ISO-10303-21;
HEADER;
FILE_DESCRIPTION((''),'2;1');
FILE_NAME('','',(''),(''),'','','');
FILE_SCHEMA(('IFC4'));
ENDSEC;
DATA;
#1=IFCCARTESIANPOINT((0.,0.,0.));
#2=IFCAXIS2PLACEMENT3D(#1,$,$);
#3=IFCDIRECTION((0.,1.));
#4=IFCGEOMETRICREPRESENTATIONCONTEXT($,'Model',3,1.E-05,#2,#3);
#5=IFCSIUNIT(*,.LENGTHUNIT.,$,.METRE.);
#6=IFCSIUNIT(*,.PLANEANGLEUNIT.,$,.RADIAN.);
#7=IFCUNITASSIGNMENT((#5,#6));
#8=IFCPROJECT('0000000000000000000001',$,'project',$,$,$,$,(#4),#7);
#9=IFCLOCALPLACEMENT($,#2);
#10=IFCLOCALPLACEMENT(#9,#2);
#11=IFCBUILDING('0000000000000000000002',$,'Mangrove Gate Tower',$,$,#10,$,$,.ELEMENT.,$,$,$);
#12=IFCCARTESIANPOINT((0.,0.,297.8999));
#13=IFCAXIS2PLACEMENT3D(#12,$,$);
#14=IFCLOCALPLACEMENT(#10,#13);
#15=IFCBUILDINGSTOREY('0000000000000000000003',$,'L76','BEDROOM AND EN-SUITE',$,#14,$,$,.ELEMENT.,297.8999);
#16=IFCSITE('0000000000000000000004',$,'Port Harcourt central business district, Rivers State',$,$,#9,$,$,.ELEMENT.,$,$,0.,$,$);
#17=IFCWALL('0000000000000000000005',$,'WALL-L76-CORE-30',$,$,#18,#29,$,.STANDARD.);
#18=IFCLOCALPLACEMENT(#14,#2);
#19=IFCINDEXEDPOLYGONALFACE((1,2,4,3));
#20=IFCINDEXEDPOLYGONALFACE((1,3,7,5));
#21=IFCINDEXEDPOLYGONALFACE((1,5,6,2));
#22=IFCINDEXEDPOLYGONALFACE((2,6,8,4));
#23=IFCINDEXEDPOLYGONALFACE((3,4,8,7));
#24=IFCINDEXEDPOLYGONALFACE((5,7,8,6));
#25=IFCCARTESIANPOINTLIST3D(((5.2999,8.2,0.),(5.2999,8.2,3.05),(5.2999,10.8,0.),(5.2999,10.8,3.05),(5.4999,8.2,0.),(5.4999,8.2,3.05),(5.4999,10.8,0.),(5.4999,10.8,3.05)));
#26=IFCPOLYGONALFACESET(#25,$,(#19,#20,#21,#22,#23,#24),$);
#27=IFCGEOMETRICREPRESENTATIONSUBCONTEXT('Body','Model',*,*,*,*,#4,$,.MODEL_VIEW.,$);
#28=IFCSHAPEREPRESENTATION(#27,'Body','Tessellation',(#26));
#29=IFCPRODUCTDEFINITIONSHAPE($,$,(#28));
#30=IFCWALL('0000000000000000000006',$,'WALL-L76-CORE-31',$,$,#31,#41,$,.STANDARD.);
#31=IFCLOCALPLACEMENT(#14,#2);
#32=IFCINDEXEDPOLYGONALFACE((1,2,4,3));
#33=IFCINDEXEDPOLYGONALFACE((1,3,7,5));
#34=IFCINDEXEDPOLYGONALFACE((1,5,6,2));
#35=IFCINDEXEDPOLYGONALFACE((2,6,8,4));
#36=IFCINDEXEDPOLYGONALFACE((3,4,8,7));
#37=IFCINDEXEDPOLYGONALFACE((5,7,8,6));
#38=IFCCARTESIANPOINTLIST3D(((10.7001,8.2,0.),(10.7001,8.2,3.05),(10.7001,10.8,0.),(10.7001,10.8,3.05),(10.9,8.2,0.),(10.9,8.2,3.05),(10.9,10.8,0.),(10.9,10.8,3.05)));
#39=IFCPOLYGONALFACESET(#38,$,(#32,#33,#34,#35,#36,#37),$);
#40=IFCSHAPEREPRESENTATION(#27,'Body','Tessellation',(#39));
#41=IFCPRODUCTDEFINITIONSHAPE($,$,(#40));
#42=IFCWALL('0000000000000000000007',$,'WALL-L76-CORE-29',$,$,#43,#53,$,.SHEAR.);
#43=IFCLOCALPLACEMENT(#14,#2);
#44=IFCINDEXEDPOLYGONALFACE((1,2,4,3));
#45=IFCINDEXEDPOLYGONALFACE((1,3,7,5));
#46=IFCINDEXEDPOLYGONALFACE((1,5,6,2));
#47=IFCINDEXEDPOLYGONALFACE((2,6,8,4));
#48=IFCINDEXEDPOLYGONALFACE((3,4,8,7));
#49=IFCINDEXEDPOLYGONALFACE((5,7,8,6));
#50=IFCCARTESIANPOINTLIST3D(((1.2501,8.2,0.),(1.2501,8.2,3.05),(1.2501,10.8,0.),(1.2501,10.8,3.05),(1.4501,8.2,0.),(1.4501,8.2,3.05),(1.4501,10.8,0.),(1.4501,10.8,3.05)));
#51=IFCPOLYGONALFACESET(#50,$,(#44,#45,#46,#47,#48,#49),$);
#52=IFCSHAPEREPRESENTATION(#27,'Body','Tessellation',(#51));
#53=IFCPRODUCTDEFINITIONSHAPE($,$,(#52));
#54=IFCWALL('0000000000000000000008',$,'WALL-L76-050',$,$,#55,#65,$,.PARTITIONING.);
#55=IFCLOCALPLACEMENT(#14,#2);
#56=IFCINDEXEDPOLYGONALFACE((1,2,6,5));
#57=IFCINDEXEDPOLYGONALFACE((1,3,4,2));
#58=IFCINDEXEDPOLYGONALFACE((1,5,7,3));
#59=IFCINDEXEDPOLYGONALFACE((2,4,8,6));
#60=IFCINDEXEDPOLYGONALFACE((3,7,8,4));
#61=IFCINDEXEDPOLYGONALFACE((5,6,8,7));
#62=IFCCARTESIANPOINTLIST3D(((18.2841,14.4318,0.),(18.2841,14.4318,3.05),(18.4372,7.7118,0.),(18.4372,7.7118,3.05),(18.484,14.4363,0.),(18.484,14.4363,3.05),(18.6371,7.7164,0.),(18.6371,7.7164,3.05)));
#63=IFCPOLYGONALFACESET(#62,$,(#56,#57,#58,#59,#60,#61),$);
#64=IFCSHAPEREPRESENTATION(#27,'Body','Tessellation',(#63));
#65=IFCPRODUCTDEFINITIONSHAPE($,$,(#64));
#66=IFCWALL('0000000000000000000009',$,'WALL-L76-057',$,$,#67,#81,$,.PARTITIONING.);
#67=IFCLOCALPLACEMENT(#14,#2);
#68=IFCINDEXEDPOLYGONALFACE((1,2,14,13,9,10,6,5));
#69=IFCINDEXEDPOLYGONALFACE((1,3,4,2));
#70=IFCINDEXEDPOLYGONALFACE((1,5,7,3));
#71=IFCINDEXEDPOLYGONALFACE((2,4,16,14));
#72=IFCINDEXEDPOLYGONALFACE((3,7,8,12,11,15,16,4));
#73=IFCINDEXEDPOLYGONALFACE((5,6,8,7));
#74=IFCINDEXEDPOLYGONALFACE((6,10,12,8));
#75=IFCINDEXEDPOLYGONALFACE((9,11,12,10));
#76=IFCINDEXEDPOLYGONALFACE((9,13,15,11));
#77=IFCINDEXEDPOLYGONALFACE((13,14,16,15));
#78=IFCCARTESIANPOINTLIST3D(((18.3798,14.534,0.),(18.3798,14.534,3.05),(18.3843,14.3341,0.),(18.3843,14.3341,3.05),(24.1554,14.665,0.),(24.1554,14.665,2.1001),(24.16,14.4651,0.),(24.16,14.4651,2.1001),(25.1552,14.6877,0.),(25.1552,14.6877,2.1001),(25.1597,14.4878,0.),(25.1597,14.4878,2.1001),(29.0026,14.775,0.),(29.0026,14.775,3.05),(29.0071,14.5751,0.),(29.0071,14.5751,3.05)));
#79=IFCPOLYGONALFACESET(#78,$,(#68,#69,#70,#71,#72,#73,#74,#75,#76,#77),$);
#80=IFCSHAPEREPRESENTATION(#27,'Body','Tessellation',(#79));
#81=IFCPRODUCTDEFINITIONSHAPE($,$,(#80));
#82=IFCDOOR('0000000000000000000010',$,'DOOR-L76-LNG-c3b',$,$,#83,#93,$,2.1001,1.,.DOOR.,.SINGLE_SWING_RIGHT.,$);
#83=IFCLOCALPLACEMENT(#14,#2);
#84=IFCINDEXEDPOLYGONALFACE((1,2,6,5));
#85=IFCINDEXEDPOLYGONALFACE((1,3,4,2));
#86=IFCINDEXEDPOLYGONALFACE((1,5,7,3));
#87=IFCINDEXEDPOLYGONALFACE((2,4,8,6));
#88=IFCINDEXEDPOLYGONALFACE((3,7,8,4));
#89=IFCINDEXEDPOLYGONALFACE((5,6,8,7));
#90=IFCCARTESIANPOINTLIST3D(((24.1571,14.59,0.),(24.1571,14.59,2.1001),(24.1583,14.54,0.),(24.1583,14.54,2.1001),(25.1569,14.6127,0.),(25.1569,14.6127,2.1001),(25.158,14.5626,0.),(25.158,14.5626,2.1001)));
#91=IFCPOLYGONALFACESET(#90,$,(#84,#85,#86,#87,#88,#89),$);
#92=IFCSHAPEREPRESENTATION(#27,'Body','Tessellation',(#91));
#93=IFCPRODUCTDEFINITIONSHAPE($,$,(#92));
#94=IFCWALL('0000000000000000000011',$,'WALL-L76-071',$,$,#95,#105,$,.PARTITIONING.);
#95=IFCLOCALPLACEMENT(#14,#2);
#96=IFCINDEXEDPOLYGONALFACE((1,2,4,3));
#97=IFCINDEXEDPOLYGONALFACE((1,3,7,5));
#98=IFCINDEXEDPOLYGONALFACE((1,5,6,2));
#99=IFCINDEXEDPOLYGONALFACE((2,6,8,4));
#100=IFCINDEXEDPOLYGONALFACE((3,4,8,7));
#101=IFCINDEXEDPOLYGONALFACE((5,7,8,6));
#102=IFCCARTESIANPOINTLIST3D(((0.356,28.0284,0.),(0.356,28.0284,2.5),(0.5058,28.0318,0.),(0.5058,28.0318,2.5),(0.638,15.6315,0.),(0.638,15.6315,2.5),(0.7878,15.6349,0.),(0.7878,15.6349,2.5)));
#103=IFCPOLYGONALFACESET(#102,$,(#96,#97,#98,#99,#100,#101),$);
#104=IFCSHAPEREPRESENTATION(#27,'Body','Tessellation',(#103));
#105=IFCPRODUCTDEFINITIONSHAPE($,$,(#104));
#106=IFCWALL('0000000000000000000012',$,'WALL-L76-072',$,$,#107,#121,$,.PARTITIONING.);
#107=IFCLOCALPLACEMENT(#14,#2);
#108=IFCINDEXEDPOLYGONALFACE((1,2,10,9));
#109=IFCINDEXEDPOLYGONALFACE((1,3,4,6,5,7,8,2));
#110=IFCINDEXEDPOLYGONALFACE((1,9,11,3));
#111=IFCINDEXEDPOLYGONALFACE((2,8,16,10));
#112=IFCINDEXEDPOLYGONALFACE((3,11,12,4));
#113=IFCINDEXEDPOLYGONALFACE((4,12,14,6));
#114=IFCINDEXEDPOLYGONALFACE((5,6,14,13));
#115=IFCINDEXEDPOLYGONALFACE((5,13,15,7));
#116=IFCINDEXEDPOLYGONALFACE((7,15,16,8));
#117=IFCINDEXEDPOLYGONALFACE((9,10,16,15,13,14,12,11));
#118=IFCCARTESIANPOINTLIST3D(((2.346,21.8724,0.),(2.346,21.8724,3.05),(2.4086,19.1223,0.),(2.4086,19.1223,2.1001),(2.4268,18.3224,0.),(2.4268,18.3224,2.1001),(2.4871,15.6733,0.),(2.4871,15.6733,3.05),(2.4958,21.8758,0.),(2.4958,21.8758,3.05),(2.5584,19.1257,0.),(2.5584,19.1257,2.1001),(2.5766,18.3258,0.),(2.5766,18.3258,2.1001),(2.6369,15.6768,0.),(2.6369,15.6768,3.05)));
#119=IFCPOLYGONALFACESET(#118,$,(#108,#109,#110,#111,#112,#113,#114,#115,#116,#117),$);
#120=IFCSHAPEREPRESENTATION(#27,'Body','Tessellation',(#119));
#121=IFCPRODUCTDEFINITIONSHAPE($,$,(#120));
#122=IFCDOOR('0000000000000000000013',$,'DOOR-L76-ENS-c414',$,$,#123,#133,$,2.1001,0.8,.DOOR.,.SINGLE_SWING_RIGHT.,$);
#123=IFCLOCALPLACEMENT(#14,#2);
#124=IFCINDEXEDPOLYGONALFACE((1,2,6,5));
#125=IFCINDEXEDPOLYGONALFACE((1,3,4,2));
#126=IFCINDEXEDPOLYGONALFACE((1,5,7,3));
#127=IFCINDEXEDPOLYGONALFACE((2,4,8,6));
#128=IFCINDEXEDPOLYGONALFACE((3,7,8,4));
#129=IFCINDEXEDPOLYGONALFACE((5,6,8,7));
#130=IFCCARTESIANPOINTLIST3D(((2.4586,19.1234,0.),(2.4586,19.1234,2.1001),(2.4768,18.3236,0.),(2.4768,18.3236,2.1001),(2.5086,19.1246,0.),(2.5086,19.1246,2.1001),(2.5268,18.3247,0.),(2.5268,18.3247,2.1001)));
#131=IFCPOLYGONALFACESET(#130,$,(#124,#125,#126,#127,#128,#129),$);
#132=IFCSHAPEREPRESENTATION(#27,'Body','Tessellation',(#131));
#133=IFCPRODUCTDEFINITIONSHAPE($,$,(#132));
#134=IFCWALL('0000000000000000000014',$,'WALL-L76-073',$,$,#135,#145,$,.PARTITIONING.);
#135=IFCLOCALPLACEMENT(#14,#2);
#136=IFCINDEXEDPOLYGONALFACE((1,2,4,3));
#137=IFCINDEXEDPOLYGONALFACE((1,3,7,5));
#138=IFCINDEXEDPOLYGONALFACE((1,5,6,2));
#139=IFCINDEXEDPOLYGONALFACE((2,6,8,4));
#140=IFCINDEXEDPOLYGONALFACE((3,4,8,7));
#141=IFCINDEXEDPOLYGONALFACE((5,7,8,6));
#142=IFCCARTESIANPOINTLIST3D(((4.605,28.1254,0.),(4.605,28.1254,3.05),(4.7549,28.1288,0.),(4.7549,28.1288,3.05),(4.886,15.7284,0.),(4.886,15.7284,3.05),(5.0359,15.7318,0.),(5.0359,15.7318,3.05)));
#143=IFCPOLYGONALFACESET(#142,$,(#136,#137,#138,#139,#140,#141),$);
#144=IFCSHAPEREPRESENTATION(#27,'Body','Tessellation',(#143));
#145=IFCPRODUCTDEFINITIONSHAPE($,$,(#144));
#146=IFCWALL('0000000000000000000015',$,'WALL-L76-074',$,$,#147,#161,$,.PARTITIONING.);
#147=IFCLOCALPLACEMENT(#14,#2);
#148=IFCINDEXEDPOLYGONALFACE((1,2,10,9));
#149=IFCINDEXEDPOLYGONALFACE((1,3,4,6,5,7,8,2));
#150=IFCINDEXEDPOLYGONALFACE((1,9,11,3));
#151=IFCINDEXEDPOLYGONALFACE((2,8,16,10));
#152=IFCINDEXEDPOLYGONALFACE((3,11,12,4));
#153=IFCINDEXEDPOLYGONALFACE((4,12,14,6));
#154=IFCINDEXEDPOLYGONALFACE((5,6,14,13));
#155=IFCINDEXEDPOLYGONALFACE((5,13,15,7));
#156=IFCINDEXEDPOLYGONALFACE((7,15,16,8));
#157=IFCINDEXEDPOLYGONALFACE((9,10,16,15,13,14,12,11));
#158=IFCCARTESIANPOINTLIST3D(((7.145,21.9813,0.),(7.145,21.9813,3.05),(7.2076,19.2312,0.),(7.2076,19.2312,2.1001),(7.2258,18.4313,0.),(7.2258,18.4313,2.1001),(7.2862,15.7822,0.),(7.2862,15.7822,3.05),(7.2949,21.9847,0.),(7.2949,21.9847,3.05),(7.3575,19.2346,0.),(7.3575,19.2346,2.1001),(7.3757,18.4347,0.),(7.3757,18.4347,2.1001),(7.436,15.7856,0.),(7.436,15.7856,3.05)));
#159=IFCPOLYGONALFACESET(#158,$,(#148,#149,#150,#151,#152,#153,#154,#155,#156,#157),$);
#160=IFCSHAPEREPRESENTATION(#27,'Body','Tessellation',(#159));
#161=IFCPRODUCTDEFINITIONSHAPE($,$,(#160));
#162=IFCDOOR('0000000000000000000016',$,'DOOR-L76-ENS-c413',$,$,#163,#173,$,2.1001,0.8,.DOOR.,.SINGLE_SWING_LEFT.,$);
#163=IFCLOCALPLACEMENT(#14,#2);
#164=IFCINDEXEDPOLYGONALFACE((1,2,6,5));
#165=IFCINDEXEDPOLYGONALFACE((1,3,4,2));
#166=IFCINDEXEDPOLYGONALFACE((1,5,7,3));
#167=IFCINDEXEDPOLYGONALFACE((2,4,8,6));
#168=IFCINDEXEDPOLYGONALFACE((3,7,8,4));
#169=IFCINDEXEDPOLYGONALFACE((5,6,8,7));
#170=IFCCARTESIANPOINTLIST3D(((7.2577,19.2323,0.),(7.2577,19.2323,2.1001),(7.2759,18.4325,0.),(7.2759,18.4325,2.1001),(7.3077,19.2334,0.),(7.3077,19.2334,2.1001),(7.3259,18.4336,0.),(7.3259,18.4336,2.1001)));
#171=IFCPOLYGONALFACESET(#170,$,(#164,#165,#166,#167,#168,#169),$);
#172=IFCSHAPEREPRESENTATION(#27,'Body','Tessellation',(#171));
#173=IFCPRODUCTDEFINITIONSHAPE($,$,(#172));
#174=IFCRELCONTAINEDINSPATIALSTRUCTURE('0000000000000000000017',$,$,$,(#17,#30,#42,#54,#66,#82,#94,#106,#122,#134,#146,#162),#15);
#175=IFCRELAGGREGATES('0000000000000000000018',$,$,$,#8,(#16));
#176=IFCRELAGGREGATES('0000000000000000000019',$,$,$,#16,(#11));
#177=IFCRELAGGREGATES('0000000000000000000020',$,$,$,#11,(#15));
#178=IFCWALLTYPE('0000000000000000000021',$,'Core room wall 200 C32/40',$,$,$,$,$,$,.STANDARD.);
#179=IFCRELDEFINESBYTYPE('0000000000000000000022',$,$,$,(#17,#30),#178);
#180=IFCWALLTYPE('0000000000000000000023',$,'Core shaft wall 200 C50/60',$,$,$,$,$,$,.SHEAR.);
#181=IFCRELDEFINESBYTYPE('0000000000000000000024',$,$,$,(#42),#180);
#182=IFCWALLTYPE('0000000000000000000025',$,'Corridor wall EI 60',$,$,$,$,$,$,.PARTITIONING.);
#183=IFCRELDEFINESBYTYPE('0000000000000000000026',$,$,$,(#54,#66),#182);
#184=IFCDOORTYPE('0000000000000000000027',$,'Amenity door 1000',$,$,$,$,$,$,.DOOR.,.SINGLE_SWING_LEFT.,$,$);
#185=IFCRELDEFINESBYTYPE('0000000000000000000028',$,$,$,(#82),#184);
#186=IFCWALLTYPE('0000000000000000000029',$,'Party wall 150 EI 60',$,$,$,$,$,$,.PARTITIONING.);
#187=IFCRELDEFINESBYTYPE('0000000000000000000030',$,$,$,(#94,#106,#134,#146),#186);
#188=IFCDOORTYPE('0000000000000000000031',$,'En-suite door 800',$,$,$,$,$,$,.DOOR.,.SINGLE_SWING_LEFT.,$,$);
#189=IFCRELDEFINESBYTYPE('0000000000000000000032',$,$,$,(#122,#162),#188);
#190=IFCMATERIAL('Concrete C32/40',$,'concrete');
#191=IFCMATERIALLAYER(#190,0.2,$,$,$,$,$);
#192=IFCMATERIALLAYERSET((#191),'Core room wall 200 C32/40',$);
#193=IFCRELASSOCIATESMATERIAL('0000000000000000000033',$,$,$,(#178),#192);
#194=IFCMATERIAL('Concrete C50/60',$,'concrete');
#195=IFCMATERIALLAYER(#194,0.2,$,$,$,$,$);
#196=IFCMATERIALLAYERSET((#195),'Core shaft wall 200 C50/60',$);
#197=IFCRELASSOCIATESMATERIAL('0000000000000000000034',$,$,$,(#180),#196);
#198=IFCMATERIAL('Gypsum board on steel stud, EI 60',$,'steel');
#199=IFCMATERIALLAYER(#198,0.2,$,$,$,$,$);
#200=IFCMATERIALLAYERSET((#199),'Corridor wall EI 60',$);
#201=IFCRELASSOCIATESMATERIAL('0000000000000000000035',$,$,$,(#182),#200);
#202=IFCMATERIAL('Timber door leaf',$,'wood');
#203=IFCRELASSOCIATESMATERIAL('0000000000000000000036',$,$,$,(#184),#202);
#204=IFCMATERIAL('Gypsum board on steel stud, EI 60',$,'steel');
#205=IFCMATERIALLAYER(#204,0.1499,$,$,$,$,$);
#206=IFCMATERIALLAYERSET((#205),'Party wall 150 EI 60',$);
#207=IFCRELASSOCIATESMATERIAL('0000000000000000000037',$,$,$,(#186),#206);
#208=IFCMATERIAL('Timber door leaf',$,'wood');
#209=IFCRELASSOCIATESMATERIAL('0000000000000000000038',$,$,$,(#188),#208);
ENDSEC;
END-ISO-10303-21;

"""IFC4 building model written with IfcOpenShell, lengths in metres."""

from ifc_helpers import new_model, si_unit, direction, frame, frame_2d, origin, place, context, subcontext, project, spatial, rectangle, extrude, material, layer, layer_set, type_object, element, fill, save


model = new_model("IFC4")

# Units and contexts
model_context = context("Model", 3, precision=1e-05, world=origin(), true_north=direction((0.0, 1.0)))
body_context = subcontext(model_context, "Body", "Model", "MODEL_VIEW")
ifc_project = project(units=[si_unit("LENGTHUNIT", "METRE"), si_unit("PLANEANGLEUNIT", "RADIAN")], contexts=[model_context])

# Site, building, storey
site_placement = place(None, origin())
site = spatial("IfcSite", under=ifc_project, at=site_placement, Name="Port Harcourt central business district, Rivers State", CompositionType="ELEMENT", RefElevation=0.0)
building_placement = place(site_placement, origin())
building = spatial("IfcBuilding", under=site, at=building_placement, Name="Mangrove Gate Tower", CompositionType="ELEMENT")
storey_placement = place(building_placement, frame((0.0, 0.0, 297.8999)))
storey = spatial("IfcBuildingStorey", under=building, at=storey_placement, Name="L76", Description="BEDROOM AND EN-SUITE", CompositionType="ELEMENT", Elevation=297.8999)

# Walls
ifc_material_1 = material(Name="Concrete C32/40", Category="concrete")
ifc_layer_1 = layer(ifc_material_1, 0.2)
ifc_layer_set_1 = layer_set([ifc_layer_1], Name="Core room wall 200 C32/40")
wall_type_1 = type_object("IfcWallType", Name="Core room wall 200 C32/40", PredefinedType="STANDARD", material=ifc_layer_set_1)
for number, where, z_axis, x_axis, name in (
    (1, (5.3999, 8.2, 0.0), (0.0, 0.0, 1.0), (0.0, 1.0, 0.0), "WALL-L76-CORE-30"),
    (2, (10.8, 8.2, 0.0), (0.0, 0.0, 1.0), (0.0, 1.0, 0.0), "WALL-L76-CORE-31"),
):
    element("IfcWall", number, at=place(storey_placement, frame(where, z_axis=z_axis, x_axis=x_axis)), inside=storey, type_object=wall_type_1, Name=name, PredefinedType="STANDARD", context=body_context, shape_type="SweptSolid", body=[
        extrude(rectangle(XDim=2.6001, YDim=0.2, at=frame_2d((1.3, 0.0))), origin(), (0.0, 0.0, 1.0), 3.05),
    ])
ifc_material_2 = material(Name="Concrete C50/60", Category="concrete")
ifc_layer_2 = layer(ifc_material_2, 0.2)
ifc_layer_set_2 = layer_set([ifc_layer_2], Name="Core shaft wall 200 C50/60")
wall_type_2 = type_object("IfcWallType", Name="Core shaft wall 200 C50/60", PredefinedType="SHEAR", material=ifc_layer_set_2)
wall_1_placement = place(storey_placement, frame((1.3501, 8.2, 0.0), z_axis=(0.0, 0.0, 1.0), x_axis=(0.0, 1.0, 0.0)))
element("IfcWall", 3, at=wall_1_placement, inside=storey, type_object=wall_type_2, Name="WALL-L76-CORE-29", PredefinedType="SHEAR", context=body_context, shape_type="SweptSolid", body=[
    extrude(rectangle(XDim=2.6001, YDim=0.2, at=frame_2d((1.3, 0.0))), origin(), (0.0, 0.0, 1.0), 3.05),
])
ifc_material_3 = material(Name="Gypsum board on steel stud, EI 60", Category="steel")
ifc_layer_3 = layer(ifc_material_3, 0.2)
ifc_layer_set_3 = layer_set([ifc_layer_3], Name="Corridor wall EI 60")
wall_type_3 = type_object("IfcWallType", Name="Corridor wall EI 60", PredefinedType="PARTITIONING", material=ifc_layer_set_3)
wall_2_placement = place(storey_placement, frame((18.5371, 7.7141, 0.0), z_axis=(0.0, 0.0, 1.0), x_axis=(-0.022773, 0.999741, 0.0)))
element("IfcWall", 4, at=wall_2_placement, inside=storey, type_object=wall_type_3, Name="WALL-L76-050", PredefinedType="PARTITIONING", context=body_context, shape_type="SweptSolid", body=[
    extrude(rectangle(XDim=6.7217, YDim=0.2, at=frame_2d((3.3608, 0.0))), origin(), (0.0, 0.0, 1.0), 3.05),
])

# Wall, opening, door
wall_3_placement = place(storey_placement, frame((18.3821, 14.4341, 0.0), z_axis=(0.0, 0.0, 1.0), x_axis=(0.999743, 0.022678, 0.0)))
wall_3 = element("IfcWall", 5, at=wall_3_placement, inside=storey, type_object=wall_type_3, Name="WALL-L76-057", PredefinedType="PARTITIONING", context=body_context, shape_type="SweptSolid", body=[
    extrude(rectangle(XDim=10.6255, YDim=0.2, at=frame_2d((5.3127, 0.0))), origin(), (0.0, 0.0, 1.0), 3.05),
])
opening_1_placement = place(wall_3_placement, frame((5.7771, 0.0, 0.0)))
opening_1 = element("IfcOpeningElement", 6, at=opening_1_placement, cuts=wall_3, PredefinedType="OPENING", context=body_context, shape_type="SweptSolid", body=[
    extrude(rectangle(XDim=1.0, YDim=2.1001, at=frame_2d((0.5, 1.05))), frame((0.0, 0.1099, 0.0), z_axis=(0.0, -1.0, 0.0), x_axis=(1.0, 0.0, 0.0)), (0.0, 0.0, 1.0), 0.22),
])
ifc_material_4 = material(Name="Timber door leaf", Category="wood")
door_type_1 = type_object("IfcDoorType", Name="Amenity door 1000", OperationType="SINGLE_SWING_LEFT", PredefinedType="DOOR", material=ifc_material_4)
door_1_placement = place(opening_1_placement, origin())
door_1 = element("IfcDoor", 7, at=door_1_placement, inside=storey, type_object=door_type_1, Name="DOOR-L76-LNG-c3b", OperationType="SINGLE_SWING_RIGHT", OverallHeight=2.1001, OverallWidth=1.0, PredefinedType="DOOR", context=body_context, shape_type="SweptSolid", body=[
    extrude(rectangle(XDim=1.0, YDim=2.1001, at=frame_2d((0.5, 1.05))), frame((0.0, 0.0249, 0.0), z_axis=(0.0, -1.0, 0.0), x_axis=(1.0, 0.0, 0.0)), (0.0, 0.0, 1.0), 0.05),
])
fill(opening_1, door_1)

# Wall
ifc_material_5 = material(Name="Gypsum board on steel stud, EI 60", Category="steel")
ifc_layer_4 = layer(ifc_material_5, 0.1499)
ifc_layer_set_4 = layer_set([ifc_layer_4], Name="Party wall 150 EI 60")
wall_type_4 = type_object("IfcWallType", Name="Party wall 150 EI 60", PredefinedType="PARTITIONING", material=ifc_layer_set_4)
wall_4_placement = place(storey_placement, frame((0.7129, 15.6331, 0.0), z_axis=(0.0, 0.0, 1.0), x_axis=(-0.02274, 0.999741, 0.0)))
element("IfcWall", 8, at=wall_4_placement, inside=storey, type_object=wall_type_4, Name="WALL-L76-071", PredefinedType="PARTITIONING", context=body_context, shape_type="SweptSolid", body=[
    extrude(rectangle(XDim=12.4001, YDim=0.1499, at=frame_2d((6.2002, 0.0))), origin(), (0.0, 0.0, 1.0), 2.5),
])

# Wall, opening, door
wall_5_placement = place(storey_placement, frame((2.562, 15.675, 0.0), z_axis=(0.0, 0.0, 1.0), x_axis=(-0.022758, 0.999741, 0.0)))
wall_5 = element("IfcWall", 9, at=wall_5_placement, inside=storey, type_object=wall_type_4, Name="WALL-L76-072", PredefinedType="PARTITIONING", context=body_context, shape_type="SweptSolid", body=[
    extrude(rectangle(XDim=6.2007, YDim=0.1499, at=frame_2d((3.1003, 0.0))), origin(), (0.0, 0.0, 1.0), 3.05),
])
opening_2_placement = place(wall_5_placement, frame((2.6499, 0.0, 0.0)))
opening_2 = element("IfcOpeningElement", 10, at=opening_2_placement, cuts=wall_5, PredefinedType="OPENING", context=body_context, shape_type="SweptSolid", body=[
    extrude(rectangle(XDim=0.8, YDim=2.1001, at=frame_2d((0.3999, 1.05))), frame((0.0, 0.085, 0.0), z_axis=(0.0, -1.0, 0.0), x_axis=(1.0, 0.0, 0.0)), (0.0, 0.0, 1.0), 0.1699),
])
ifc_material_6 = material(Name="Timber door leaf", Category="wood")
door_type_2 = type_object("IfcDoorType", Name="En-suite door 800", OperationType="SINGLE_SWING_LEFT", PredefinedType="DOOR", material=ifc_material_6)
door_2_placement = place(opening_2_placement, origin())
door_2 = element("IfcDoor", 11, at=door_2_placement, inside=storey, type_object=door_type_2, Name="DOOR-L76-ENS-c414", OperationType="SINGLE_SWING_RIGHT", OverallHeight=2.1001, OverallWidth=0.8, PredefinedType="DOOR", context=body_context, shape_type="SweptSolid", body=[
    extrude(rectangle(XDim=0.8, YDim=2.1001, at=frame_2d((0.3999, 1.05))), frame((0.0, 0.0249, 0.0), z_axis=(0.0, -1.0, 0.0), x_axis=(1.0, 0.0, 0.0)), (0.0, 0.0, 1.0), 0.05),
])
fill(opening_2, door_2)

# Wall
wall_6_placement = place(storey_placement, frame((4.9609, 15.73, 0.0), z_axis=(0.0, 0.0, 1.0), x_axis=(-0.022661, 0.999743, 0.0)))
element("IfcWall", 12, at=wall_6_placement, inside=storey, type_object=wall_type_4, Name="WALL-L76-073", PredefinedType="PARTITIONING", context=body_context, shape_type="SweptSolid", body=[
    extrude(rectangle(XDim=12.4001, YDim=0.1499, at=frame_2d((6.2002, 0.0))), origin(), (0.0, 0.0, 1.0), 3.05),
])

# Wall, opening, door
wall_7_placement = place(storey_placement, frame((7.3611, 15.7839, 0.0), z_axis=(0.0, 0.0, 1.0), x_axis=(-0.022758, 0.999741, 0.0)))
wall_7 = element("IfcWall", 13, at=wall_7_placement, inside=storey, type_object=wall_type_4, Name="WALL-L76-074", PredefinedType="PARTITIONING", context=body_context, shape_type="SweptSolid", body=[
    extrude(rectangle(XDim=6.2007, YDim=0.1499, at=frame_2d((3.1003, 0.0))), origin(), (0.0, 0.0, 1.0), 3.05),
])
opening_3_placement = place(wall_7_placement, frame((2.6499, 0.0, 0.0)))
opening_3 = element("IfcOpeningElement", 14, at=opening_3_placement, cuts=wall_7, PredefinedType="OPENING", context=body_context, shape_type="SweptSolid", body=[
    extrude(rectangle(XDim=0.8, YDim=2.1001, at=frame_2d((0.3999, 1.05))), frame((0.0, 0.085, 0.0), z_axis=(0.0, -1.0, 0.0), x_axis=(1.0, 0.0, 0.0)), (0.0, 0.0, 1.0), 0.1699),
])
door_3_placement = place(opening_3_placement, origin())
door_3 = element("IfcDoor", 15, at=door_3_placement, inside=storey, type_object=door_type_2, Name="DOOR-L76-ENS-c413", OperationType="SINGLE_SWING_LEFT", OverallHeight=2.1001, OverallWidth=0.8, PredefinedType="DOOR", context=body_context, shape_type="SweptSolid", body=[
    extrude(rectangle(XDim=0.8, YDim=2.1001, at=frame_2d((0.3999, 1.05))), frame((0.0, 0.0249, 0.0), z_axis=(0.0, -1.0, 0.0), x_axis=(1.0, 0.0, 0.0)), (0.0, 0.0, 1.0), 0.05),
])
fill(opening_3, door_3)

save(model, "model.ifc")
